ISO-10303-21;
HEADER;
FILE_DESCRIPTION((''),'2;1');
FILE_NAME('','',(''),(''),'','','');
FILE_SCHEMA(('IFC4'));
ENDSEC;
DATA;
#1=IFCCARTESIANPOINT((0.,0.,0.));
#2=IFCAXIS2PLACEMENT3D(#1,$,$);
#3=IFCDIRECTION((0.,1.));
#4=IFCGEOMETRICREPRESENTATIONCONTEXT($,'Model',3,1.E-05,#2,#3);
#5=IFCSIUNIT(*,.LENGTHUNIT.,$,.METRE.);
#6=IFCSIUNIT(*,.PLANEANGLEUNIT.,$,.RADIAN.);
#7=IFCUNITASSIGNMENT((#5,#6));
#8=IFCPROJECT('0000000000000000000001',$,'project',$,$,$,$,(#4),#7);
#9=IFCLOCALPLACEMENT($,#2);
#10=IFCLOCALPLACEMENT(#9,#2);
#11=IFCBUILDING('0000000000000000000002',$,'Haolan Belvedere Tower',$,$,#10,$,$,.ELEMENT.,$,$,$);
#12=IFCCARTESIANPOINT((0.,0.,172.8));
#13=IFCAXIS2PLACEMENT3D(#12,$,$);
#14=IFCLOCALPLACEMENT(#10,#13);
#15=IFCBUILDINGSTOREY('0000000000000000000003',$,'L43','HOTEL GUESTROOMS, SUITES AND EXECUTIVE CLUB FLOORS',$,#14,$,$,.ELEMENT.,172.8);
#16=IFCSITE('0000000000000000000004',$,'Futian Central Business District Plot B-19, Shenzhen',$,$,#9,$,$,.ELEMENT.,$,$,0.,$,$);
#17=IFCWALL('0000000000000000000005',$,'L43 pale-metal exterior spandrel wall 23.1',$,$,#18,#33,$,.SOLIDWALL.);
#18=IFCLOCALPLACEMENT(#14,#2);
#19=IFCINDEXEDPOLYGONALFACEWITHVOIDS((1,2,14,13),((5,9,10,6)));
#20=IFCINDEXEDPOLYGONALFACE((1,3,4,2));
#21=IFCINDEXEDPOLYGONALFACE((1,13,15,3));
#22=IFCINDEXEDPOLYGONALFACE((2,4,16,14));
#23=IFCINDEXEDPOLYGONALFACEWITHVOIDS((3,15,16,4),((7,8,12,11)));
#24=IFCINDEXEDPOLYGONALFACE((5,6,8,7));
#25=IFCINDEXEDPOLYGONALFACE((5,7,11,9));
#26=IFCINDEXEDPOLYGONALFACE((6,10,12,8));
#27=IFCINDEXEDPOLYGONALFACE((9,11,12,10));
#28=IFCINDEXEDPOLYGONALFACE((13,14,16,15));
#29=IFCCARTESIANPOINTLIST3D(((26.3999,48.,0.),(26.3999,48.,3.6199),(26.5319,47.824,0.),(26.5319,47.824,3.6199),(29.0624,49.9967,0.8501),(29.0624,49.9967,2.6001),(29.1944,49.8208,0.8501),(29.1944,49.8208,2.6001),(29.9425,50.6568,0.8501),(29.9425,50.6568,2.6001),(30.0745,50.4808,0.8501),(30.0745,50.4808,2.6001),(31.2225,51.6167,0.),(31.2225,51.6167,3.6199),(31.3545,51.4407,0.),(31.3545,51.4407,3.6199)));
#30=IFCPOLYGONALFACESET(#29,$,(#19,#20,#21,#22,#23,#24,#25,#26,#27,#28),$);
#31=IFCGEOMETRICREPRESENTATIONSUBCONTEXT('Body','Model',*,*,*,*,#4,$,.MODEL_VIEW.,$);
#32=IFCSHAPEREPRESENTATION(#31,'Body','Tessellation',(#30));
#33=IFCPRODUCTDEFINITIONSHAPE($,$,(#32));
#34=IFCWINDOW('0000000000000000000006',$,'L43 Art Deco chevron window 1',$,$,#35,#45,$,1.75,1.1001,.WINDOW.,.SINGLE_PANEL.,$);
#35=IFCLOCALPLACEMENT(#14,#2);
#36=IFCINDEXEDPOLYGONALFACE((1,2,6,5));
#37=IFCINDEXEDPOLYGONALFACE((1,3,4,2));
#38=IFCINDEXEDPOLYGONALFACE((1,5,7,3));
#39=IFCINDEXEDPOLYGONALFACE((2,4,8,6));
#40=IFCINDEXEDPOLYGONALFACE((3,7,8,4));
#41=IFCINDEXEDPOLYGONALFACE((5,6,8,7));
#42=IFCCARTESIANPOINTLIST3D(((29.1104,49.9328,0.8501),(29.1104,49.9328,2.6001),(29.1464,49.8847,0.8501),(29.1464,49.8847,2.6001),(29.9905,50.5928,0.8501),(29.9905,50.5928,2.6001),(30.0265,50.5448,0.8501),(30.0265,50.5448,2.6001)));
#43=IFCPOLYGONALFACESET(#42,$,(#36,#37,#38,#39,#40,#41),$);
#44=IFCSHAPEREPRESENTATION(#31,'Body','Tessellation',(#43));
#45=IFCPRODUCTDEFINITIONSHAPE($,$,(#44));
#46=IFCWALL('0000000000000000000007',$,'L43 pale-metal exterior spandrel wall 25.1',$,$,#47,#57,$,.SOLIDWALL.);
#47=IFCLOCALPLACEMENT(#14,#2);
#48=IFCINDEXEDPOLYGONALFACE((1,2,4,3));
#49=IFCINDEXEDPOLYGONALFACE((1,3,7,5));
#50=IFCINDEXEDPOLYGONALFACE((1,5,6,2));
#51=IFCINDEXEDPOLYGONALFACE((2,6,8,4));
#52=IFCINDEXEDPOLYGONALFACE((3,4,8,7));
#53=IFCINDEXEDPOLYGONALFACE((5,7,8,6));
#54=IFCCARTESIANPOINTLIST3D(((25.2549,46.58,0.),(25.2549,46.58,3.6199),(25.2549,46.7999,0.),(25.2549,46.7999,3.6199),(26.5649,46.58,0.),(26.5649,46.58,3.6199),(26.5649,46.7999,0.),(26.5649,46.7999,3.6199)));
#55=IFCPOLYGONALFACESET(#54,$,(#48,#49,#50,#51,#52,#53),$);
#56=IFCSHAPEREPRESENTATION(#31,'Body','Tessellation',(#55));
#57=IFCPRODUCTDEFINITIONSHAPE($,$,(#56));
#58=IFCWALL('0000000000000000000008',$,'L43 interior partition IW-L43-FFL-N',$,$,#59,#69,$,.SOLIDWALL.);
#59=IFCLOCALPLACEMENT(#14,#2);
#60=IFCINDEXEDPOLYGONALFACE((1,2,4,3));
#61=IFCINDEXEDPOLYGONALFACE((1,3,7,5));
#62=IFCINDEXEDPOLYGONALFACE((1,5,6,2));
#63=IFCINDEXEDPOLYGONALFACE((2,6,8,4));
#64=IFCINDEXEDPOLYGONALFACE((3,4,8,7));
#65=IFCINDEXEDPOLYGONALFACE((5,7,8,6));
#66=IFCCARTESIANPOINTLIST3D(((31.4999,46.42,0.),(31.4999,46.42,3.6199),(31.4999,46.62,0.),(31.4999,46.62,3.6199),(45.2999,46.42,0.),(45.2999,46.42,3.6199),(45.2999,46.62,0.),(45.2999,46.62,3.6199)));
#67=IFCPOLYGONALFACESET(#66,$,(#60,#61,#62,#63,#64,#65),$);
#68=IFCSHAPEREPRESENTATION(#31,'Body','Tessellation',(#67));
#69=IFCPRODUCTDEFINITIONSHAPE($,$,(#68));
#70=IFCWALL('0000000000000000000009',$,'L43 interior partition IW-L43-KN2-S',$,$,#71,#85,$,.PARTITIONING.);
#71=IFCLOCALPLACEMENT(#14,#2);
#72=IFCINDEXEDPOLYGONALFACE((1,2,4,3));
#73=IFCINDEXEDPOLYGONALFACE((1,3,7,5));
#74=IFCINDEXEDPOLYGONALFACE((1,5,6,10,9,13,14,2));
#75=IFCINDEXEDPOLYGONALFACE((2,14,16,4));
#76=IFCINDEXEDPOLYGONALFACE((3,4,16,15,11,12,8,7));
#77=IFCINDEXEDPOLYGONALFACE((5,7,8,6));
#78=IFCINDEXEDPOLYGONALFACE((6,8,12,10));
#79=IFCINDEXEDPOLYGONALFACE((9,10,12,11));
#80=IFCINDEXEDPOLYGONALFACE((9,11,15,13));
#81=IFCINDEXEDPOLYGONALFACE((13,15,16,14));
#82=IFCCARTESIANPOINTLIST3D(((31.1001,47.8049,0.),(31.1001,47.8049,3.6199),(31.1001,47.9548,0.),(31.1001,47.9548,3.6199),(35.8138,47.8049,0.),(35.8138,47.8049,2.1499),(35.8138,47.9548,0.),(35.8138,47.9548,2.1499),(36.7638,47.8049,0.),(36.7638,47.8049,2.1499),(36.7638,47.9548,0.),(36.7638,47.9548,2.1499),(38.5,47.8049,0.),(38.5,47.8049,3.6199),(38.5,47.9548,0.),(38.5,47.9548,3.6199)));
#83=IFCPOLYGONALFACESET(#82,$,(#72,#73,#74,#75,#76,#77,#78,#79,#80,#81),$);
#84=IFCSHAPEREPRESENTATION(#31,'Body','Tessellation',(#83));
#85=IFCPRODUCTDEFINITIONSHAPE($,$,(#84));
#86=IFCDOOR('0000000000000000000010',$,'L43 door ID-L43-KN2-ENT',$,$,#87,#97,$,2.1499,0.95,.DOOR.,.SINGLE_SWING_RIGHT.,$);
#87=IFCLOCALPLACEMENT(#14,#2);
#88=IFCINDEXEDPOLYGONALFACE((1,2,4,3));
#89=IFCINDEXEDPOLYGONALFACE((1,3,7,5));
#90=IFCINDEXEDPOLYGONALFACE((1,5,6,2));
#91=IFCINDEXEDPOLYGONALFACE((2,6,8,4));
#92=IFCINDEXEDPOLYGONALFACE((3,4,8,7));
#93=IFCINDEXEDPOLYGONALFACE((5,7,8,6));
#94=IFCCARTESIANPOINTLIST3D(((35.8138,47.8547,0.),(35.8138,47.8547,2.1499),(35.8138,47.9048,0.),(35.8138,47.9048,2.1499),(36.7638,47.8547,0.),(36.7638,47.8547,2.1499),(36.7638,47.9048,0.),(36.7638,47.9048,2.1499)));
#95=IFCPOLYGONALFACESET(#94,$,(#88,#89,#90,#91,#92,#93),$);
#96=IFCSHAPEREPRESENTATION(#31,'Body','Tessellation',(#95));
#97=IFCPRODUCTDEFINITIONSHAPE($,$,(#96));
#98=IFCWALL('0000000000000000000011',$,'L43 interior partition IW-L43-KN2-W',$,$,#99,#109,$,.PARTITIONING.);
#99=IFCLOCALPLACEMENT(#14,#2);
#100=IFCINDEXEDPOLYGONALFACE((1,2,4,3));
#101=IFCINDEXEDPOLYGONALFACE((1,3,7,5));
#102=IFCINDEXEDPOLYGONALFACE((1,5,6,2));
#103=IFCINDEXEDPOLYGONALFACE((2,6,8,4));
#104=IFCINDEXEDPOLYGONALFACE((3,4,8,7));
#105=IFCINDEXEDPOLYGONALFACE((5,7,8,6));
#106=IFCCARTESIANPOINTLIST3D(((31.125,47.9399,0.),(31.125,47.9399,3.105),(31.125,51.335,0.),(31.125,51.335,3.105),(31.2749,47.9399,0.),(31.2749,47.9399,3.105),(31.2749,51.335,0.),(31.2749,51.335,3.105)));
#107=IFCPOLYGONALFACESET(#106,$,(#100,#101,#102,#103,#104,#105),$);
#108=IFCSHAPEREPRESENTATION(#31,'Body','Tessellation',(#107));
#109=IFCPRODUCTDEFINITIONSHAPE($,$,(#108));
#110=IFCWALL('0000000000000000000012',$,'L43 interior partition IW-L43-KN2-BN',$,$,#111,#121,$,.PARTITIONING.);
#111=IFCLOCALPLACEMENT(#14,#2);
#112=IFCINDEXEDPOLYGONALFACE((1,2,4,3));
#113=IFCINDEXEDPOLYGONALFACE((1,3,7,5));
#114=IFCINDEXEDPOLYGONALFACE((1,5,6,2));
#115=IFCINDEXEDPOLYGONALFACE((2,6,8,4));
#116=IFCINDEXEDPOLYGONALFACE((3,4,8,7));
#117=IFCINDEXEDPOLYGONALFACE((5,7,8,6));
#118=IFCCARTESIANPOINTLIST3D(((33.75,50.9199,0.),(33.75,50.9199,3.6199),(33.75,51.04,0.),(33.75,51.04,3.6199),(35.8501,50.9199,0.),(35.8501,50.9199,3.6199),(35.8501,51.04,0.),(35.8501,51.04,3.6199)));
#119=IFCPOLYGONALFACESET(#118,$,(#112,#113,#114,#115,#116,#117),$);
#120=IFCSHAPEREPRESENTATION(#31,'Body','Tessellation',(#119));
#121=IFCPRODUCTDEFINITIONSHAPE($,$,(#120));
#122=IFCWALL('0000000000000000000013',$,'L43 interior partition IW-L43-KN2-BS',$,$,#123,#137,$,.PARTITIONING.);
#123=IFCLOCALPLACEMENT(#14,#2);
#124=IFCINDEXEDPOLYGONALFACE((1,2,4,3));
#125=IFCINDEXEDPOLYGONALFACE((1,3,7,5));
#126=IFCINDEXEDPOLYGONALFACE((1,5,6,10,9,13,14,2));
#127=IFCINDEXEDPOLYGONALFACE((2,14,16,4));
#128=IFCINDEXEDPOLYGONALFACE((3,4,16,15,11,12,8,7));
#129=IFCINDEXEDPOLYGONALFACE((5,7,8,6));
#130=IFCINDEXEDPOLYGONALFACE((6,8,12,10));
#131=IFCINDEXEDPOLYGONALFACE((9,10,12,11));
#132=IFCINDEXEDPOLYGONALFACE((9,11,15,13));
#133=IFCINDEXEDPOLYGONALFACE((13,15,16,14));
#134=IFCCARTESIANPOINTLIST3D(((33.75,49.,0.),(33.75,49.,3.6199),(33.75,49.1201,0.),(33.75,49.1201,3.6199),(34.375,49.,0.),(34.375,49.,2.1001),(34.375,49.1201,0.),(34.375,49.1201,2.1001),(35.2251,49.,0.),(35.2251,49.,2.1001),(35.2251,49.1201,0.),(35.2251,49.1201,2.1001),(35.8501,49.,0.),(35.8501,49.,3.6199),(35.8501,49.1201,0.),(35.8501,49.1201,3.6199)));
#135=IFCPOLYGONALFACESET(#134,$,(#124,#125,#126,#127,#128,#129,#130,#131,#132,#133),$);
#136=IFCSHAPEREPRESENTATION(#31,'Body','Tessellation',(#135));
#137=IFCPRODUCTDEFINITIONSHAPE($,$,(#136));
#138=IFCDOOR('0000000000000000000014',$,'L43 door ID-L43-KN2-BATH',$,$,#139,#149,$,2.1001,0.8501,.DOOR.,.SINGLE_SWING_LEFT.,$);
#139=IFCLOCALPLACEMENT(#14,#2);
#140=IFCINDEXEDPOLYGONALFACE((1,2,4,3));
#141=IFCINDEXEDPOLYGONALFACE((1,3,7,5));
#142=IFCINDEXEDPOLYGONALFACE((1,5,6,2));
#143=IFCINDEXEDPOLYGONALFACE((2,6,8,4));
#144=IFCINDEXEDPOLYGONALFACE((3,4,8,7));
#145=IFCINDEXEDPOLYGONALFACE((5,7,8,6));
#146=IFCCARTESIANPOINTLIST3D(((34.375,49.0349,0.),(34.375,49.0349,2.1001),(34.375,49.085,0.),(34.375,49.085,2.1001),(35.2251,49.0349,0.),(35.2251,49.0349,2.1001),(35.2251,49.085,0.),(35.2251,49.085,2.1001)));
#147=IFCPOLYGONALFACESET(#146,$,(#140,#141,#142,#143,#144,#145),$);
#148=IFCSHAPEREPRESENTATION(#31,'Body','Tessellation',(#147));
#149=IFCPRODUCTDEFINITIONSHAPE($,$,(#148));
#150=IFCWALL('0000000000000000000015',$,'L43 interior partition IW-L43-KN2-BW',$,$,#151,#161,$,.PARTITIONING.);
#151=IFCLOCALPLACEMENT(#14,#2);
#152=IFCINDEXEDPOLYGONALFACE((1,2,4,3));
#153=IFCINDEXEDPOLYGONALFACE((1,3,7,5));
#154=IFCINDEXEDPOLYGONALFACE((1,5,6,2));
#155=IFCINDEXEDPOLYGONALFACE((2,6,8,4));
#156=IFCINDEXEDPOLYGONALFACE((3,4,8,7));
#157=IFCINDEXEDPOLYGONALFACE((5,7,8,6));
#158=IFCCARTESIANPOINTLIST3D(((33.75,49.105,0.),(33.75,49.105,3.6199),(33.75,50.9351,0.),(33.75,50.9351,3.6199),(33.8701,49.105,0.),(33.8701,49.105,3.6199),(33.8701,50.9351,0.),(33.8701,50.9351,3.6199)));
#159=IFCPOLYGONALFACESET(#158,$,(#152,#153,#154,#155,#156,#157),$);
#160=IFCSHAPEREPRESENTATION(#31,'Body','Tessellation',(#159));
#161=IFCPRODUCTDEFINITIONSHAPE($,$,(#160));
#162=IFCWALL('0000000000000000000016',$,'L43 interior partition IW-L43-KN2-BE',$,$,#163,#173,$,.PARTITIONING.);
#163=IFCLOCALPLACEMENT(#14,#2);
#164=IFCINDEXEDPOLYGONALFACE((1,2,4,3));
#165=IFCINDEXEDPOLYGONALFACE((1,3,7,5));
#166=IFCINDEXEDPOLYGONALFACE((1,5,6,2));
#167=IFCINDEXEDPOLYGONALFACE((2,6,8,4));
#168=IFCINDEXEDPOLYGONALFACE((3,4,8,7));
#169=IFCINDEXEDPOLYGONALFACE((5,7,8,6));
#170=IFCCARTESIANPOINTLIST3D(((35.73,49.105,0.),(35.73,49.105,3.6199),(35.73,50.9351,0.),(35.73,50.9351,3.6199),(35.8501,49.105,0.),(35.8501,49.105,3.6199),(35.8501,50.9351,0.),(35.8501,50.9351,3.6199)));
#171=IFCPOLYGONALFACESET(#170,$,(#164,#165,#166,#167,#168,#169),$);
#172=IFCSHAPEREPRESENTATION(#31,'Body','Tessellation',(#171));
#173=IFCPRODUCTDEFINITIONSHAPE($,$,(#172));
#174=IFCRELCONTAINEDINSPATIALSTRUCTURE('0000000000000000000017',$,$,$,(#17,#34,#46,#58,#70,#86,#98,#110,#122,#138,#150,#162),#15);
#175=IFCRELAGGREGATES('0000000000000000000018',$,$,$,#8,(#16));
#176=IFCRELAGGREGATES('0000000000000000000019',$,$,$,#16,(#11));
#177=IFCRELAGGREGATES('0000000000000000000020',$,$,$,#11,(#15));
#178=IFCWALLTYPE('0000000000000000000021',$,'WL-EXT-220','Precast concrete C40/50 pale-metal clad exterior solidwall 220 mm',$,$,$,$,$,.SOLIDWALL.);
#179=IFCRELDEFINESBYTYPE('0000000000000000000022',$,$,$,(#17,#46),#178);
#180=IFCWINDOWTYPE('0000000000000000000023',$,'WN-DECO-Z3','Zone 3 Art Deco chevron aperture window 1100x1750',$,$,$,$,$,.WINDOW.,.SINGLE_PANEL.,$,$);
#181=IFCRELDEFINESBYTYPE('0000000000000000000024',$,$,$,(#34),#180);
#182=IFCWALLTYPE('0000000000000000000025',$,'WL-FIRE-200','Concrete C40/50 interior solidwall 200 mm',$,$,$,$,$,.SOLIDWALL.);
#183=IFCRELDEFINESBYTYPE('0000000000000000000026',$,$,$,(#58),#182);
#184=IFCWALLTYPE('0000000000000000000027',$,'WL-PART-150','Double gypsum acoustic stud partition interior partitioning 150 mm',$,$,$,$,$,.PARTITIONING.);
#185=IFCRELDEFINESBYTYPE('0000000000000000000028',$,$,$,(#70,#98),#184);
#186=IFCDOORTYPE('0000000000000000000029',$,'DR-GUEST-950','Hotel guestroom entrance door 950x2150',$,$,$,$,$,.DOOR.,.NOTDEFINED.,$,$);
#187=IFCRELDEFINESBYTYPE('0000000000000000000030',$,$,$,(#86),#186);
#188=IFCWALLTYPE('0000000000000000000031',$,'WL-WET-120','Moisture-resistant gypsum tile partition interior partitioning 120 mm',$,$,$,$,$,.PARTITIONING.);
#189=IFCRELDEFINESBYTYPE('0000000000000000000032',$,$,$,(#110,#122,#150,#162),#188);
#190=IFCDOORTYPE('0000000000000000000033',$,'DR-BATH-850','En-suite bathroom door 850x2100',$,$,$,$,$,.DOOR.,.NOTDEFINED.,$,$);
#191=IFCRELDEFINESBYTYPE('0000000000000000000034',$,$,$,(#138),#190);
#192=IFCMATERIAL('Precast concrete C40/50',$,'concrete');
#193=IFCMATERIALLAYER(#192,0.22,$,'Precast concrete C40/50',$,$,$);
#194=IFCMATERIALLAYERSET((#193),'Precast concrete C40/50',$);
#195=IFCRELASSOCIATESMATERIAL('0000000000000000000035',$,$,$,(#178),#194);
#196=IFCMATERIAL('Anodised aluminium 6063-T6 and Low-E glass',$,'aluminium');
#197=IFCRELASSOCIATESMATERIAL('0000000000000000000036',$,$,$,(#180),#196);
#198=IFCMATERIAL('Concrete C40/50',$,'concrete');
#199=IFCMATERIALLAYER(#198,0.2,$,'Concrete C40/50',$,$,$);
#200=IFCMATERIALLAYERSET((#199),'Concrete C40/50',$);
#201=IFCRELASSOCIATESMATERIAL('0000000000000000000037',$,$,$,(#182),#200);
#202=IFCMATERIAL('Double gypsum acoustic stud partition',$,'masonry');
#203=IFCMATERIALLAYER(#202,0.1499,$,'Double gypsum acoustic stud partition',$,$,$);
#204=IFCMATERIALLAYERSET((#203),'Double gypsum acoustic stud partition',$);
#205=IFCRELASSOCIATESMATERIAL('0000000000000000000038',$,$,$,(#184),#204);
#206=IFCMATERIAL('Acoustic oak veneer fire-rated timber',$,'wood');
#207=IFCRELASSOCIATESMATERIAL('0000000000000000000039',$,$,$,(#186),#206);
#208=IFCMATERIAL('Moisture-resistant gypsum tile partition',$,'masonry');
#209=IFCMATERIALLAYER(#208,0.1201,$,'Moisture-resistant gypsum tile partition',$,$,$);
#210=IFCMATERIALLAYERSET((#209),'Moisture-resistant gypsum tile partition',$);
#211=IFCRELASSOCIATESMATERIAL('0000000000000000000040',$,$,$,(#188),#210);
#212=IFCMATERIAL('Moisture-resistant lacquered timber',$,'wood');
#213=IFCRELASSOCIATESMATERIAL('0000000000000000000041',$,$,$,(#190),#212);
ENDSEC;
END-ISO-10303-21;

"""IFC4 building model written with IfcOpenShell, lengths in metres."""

from ifc_helpers import new_model, si_unit, direction, frame, frame_2d, origin, place, context, subcontext, project, spatial, rectangle, extrude, material, layer, layer_set, type_object, element, fill, save


model = new_model("IFC4")

# Units and contexts
model_context = context("Model", 3, precision=1e-05, world=origin(), true_north=direction((0.0, 1.0)))
body_context = subcontext(model_context, "Body", "Model", "MODEL_VIEW")
ifc_project = project(units=[si_unit("LENGTHUNIT", "METRE"), si_unit("PLANEANGLEUNIT", "RADIAN")], contexts=[model_context])

# Site, building, storey
site_placement = place(None, origin())
site = spatial("IfcSite", under=ifc_project, at=site_placement, Name="Futian Central Business District Plot B-19, Shenzhen", CompositionType="ELEMENT", RefElevation=0.0)
building_placement = place(site_placement, origin())
building = spatial("IfcBuilding", under=site, at=building_placement, Name="Haolan Belvedere Tower", CompositionType="ELEMENT")
storey_placement = place(building_placement, frame((0.0, 0.0, 172.8)))
storey = spatial("IfcBuildingStorey", under=building, at=storey_placement, Name="L43", Description="HOTEL GUESTROOMS, SUITES AND EXECUTIVE CLUB FLOORS", CompositionType="ELEMENT", Elevation=172.8)

# Wall, opening, window
ifc_material_1 = material(Name="Precast concrete C40/50", Category="concrete")
ifc_layer_1 = layer(ifc_material_1, 0.22, Name="Precast concrete C40/50")
ifc_layer_set_1 = layer_set([ifc_layer_1], Name="Precast concrete C40/50")
wall_type_1 = type_object("IfcWallType", Name="WL-EXT-220", Description="Precast concrete C40/50 pale-metal clad exterior solidwall 220 mm", PredefinedType="SOLIDWALL", material=ifc_layer_set_1)
wall_1_placement = place(storey_placement, frame((31.2886, 51.5288, 0.0), z_axis=(0.0, 0.0, 1.0), x_axis=(-0.800015, -0.599981, 0.0)))
wall_1 = element("IfcWall", 1, at=wall_1_placement, inside=storey, type_object=wall_type_1, Name="L43 pale-metal exterior spandrel wall 23.1", PredefinedType="SOLIDWALL", context=body_context, shape_type="SweptSolid", body=[
    extrude(rectangle(XDim=6.0281, YDim=0.22, at=frame_2d((3.0142, 0.0))), origin(), (0.0, 0.0, 1.0), 3.6199),
])
opening_1_placement = place(wall_1_placement, frame((1.6001, 0.0, 0.8501)))
opening_1 = element("IfcOpeningElement", 2, at=opening_1_placement, cuts=wall_1, PredefinedType="OPENING", context=body_context, shape_type="SweptSolid", body=[
    extrude(rectangle(XDim=1.1001, YDim=1.75, at=frame_2d((0.55, 0.875))), frame((0.0, 0.1199, 0.0), z_axis=(0.0, -1.0, 0.0), x_axis=(1.0, 0.0, 0.0)), (0.0, 0.0, 1.0), 0.24),
])
ifc_material_2 = material(Name="Anodised aluminium 6063-T6 and Low-E glass", Category="aluminium")
window_type = type_object("IfcWindowType", Name="WN-DECO-Z3", Description="Zone 3 Art Deco chevron aperture window 1100x1750", PartitioningType="SINGLE_PANEL", PredefinedType="WINDOW", material=ifc_material_2)
window_placement = place(opening_1_placement, origin())
window = element("IfcWindow", 3, at=window_placement, inside=storey, type_object=window_type, Name="L43 Art Deco chevron window 1", OverallHeight=1.75, OverallWidth=1.1001, PartitioningType="SINGLE_PANEL", PredefinedType="WINDOW", context=body_context, shape_type="SweptSolid", body=[
    extrude(rectangle(XDim=1.1001, YDim=1.75, at=frame_2d((0.55, 0.875))), frame((0.0, 0.03, 0.0), z_axis=(0.0, -1.0, 0.0), x_axis=(1.0, 0.0, 0.0)), (0.0, 0.0, 1.0), 0.0601),
])
fill(opening_1, window)

# Walls
wall_2_placement = place(storey_placement, frame((26.5649, 46.6899, 0.0), z_axis=(0.0, 0.0, 1.0), x_axis=(-1.0, 0.0, 0.0)))
element("IfcWall", 4, at=wall_2_placement, inside=storey, type_object=wall_type_1, Name="L43 pale-metal exterior spandrel wall 25.1", PredefinedType="SOLIDWALL", context=body_context, shape_type="SweptSolid", body=[
    extrude(rectangle(XDim=1.3101, YDim=0.22, at=frame_2d((0.655, 0.0))), origin(), (0.0, 0.0, 1.0), 3.6199),
])
ifc_material_3 = material(Name="Concrete C40/50", Category="concrete")
ifc_layer_2 = layer(ifc_material_3, 0.2, Name="Concrete C40/50")
ifc_layer_set_2 = layer_set([ifc_layer_2], Name="Concrete C40/50")
wall_type_2 = type_object("IfcWallType", Name="WL-FIRE-200", Description="Concrete C40/50 interior solidwall 200 mm", PredefinedType="SOLIDWALL", material=ifc_layer_set_2)
wall_3_placement = place(storey_placement, frame((31.5, 46.52, 0.0), z_axis=(0.0, 0.0, 1.0), x_axis=(1.0, 0.0, 0.0)))
element("IfcWall", 5, at=wall_3_placement, inside=storey, type_object=wall_type_2, Name="L43 interior partition IW-L43-FFL-N", PredefinedType="SOLIDWALL", context=body_context, shape_type="SweptSolid", body=[
    extrude(rectangle(XDim=13.8, YDim=0.2, at=frame_2d((6.8999, 0.0))), origin(), (0.0, 0.0, 1.0), 3.6199),
])

# Wall, opening, door
ifc_material_4 = material(Name="Double gypsum acoustic stud partition", Category="masonry")
ifc_layer_3 = layer(ifc_material_4, 0.1499, Name="Double gypsum acoustic stud partition")
ifc_layer_set_3 = layer_set([ifc_layer_3], Name="Double gypsum acoustic stud partition")
wall_type_3 = type_object("IfcWallType", Name="WL-PART-150", Description="Double gypsum acoustic stud partition interior partitioning 150 mm", PredefinedType="PARTITIONING", material=ifc_layer_set_3)
wall_4_placement = place(storey_placement, frame((31.1001, 47.8799, 0.0), z_axis=(0.0, 0.0, 1.0), x_axis=(1.0, 0.0, 0.0)))
wall_4 = element("IfcWall", 6, at=wall_4_placement, inside=storey, type_object=wall_type_3, Name="L43 interior partition IW-L43-KN2-S", PredefinedType="PARTITIONING", context=body_context, shape_type="SweptSolid", body=[
    extrude(rectangle(XDim=7.3999, YDim=0.1499, at=frame_2d((3.7, 0.0))), origin(), (0.0, 0.0, 1.0), 3.6199),
])
opening_2_placement = place(wall_4_placement, frame((4.7136, 0.0, 0.0)))
opening_2 = element("IfcOpeningElement", 7, at=opening_2_placement, cuts=wall_4, PredefinedType="OPENING", context=body_context, shape_type="SweptSolid", body=[
    extrude(rectangle(XDim=0.95, YDim=2.1499, at=frame_2d((0.4751, 1.075))), frame((0.0, 0.085, 0.0), z_axis=(0.0, -1.0, 0.0), x_axis=(1.0, 0.0, 0.0)), (0.0, 0.0, 1.0), 0.1699),
])
ifc_material_5 = material(Name="Acoustic oak veneer fire-rated timber", Category="wood")
door_type_1 = type_object("IfcDoorType", Name="DR-GUEST-950", Description="Hotel guestroom entrance door 950x2150", OperationType="NOTDEFINED", PredefinedType="DOOR", material=ifc_material_5)
door_1_placement = place(opening_2_placement, origin())
door_1 = element("IfcDoor", 8, at=door_1_placement, inside=storey, type_object=door_type_1, Name="L43 door ID-L43-KN2-ENT", OperationType="SINGLE_SWING_RIGHT", OverallHeight=2.1499, OverallWidth=0.95, PredefinedType="DOOR", context=body_context, shape_type="SweptSolid", body=[
    extrude(rectangle(XDim=0.95, YDim=2.1499, at=frame_2d((0.4751, 1.075))), frame((0.0, 0.0249, 0.0), z_axis=(0.0, -1.0, 0.0), x_axis=(1.0, 0.0, 0.0)), (0.0, 0.0, 1.0), 0.05),
])
fill(opening_2, door_1)

# Walls
wall_5_placement = place(storey_placement, frame((31.2, 47.9399, 0.0), z_axis=(0.0, 0.0, 1.0), x_axis=(0.0, 1.0, 0.0)))
element("IfcWall", 9, at=wall_5_placement, inside=storey, type_object=wall_type_3, Name="L43 interior partition IW-L43-KN2-W", PredefinedType="PARTITIONING", context=body_context, shape_type="SweptSolid", body=[
    extrude(rectangle(XDim=3.395, YDim=0.1499, at=frame_2d((1.6975, 0.0))), origin(), (0.0, 0.0, 1.0), 3.105),
])
ifc_material_6 = material(Name="Moisture-resistant gypsum tile partition", Category="masonry")
ifc_layer_4 = layer(ifc_material_6, 0.1201, Name="Moisture-resistant gypsum tile partition")
ifc_layer_set_4 = layer_set([ifc_layer_4], Name="Moisture-resistant gypsum tile partition")
wall_type_4 = type_object("IfcWallType", Name="WL-WET-120", Description="Moisture-resistant gypsum tile partition interior partitioning 120 mm", PredefinedType="PARTITIONING", material=ifc_layer_set_4)
wall_6_placement = place(storey_placement, frame((33.75, 50.98, 0.0), z_axis=(0.0, 0.0, 1.0), x_axis=(1.0, 0.0, 0.0)))
element("IfcWall", 10, at=wall_6_placement, inside=storey, type_object=wall_type_4, Name="L43 interior partition IW-L43-KN2-BN", PredefinedType="PARTITIONING", context=body_context, shape_type="SweptSolid", body=[
    extrude(rectangle(XDim=2.1001, YDim=0.1201, at=frame_2d((1.05, 0.0))), origin(), (0.0, 0.0, 1.0), 3.6199),
])

# Wall, opening, door
wall_7_placement = place(storey_placement, frame((33.75, 49.0601, 0.0), z_axis=(0.0, 0.0, 1.0), x_axis=(1.0, 0.0, 0.0)))
wall_7 = element("IfcWall", 11, at=wall_7_placement, inside=storey, type_object=wall_type_4, Name="L43 interior partition IW-L43-KN2-BS", PredefinedType="PARTITIONING", context=body_context, shape_type="SweptSolid", body=[
    extrude(rectangle(XDim=2.1001, YDim=0.1201, at=frame_2d((1.05, 0.0))), origin(), (0.0, 0.0, 1.0), 3.6199),
])
opening_3_placement = place(wall_7_placement, frame((0.625, 0.0, 0.0)))
opening_3 = element("IfcOpeningElement", 12, at=opening_3_placement, cuts=wall_7, PredefinedType="OPENING", context=body_context, shape_type="SweptSolid", body=[
    extrude(rectangle(XDim=0.8501, YDim=2.1001, at=frame_2d((0.425, 1.05))), frame((0.0, 0.0701, 0.0), z_axis=(0.0, -1.0, 0.0), x_axis=(1.0, 0.0, 0.0)), (0.0, 0.0, 1.0), 0.1401),
])
ifc_material_7 = material(Name="Moisture-resistant lacquered timber", Category="wood")
door_type_2 = type_object("IfcDoorType", Name="DR-BATH-850", Description="En-suite bathroom door 850x2100", OperationType="NOTDEFINED", PredefinedType="DOOR", material=ifc_material_7)
door_2_placement = place(opening_3_placement, origin())
door_2 = element("IfcDoor", 13, at=door_2_placement, inside=storey, type_object=door_type_2, Name="L43 door ID-L43-KN2-BATH", OperationType="SINGLE_SWING_LEFT", OverallHeight=2.1001, OverallWidth=0.8501, PredefinedType="DOOR", context=body_context, shape_type="SweptSolid", body=[
    extrude(rectangle(XDim=0.8501, YDim=2.1001, at=frame_2d((0.425, 1.05))), frame((0.0, 0.0249, 0.0), z_axis=(0.0, -1.0, 0.0), x_axis=(1.0, 0.0, 0.0)), (0.0, 0.0, 1.0), 0.05),
])
fill(opening_3, door_2)

# Walls
for number, where, z_axis, x_axis, name in (
    (14, (33.8101, 49.105, 0.0), (0.0, 0.0, 1.0), (0.0, 1.0, 0.0), "L43 interior partition IW-L43-KN2-BW"),
    (15, (35.79, 49.105, 0.0), (0.0, 0.0, 1.0), (0.0, 1.0, 0.0), "L43 interior partition IW-L43-KN2-BE"),
):
    element("IfcWall", number, at=place(storey_placement, frame(where, z_axis=z_axis, x_axis=x_axis)), inside=storey, type_object=wall_type_4, Name=name, PredefinedType="PARTITIONING", context=body_context, shape_type="SweptSolid", body=[
        extrude(rectangle(XDim=1.8301, YDim=0.1201, at=frame_2d((0.915, 0.0))), origin(), (0.0, 0.0, 1.0), 3.6199),
    ])

save(model, "model.ifc")
